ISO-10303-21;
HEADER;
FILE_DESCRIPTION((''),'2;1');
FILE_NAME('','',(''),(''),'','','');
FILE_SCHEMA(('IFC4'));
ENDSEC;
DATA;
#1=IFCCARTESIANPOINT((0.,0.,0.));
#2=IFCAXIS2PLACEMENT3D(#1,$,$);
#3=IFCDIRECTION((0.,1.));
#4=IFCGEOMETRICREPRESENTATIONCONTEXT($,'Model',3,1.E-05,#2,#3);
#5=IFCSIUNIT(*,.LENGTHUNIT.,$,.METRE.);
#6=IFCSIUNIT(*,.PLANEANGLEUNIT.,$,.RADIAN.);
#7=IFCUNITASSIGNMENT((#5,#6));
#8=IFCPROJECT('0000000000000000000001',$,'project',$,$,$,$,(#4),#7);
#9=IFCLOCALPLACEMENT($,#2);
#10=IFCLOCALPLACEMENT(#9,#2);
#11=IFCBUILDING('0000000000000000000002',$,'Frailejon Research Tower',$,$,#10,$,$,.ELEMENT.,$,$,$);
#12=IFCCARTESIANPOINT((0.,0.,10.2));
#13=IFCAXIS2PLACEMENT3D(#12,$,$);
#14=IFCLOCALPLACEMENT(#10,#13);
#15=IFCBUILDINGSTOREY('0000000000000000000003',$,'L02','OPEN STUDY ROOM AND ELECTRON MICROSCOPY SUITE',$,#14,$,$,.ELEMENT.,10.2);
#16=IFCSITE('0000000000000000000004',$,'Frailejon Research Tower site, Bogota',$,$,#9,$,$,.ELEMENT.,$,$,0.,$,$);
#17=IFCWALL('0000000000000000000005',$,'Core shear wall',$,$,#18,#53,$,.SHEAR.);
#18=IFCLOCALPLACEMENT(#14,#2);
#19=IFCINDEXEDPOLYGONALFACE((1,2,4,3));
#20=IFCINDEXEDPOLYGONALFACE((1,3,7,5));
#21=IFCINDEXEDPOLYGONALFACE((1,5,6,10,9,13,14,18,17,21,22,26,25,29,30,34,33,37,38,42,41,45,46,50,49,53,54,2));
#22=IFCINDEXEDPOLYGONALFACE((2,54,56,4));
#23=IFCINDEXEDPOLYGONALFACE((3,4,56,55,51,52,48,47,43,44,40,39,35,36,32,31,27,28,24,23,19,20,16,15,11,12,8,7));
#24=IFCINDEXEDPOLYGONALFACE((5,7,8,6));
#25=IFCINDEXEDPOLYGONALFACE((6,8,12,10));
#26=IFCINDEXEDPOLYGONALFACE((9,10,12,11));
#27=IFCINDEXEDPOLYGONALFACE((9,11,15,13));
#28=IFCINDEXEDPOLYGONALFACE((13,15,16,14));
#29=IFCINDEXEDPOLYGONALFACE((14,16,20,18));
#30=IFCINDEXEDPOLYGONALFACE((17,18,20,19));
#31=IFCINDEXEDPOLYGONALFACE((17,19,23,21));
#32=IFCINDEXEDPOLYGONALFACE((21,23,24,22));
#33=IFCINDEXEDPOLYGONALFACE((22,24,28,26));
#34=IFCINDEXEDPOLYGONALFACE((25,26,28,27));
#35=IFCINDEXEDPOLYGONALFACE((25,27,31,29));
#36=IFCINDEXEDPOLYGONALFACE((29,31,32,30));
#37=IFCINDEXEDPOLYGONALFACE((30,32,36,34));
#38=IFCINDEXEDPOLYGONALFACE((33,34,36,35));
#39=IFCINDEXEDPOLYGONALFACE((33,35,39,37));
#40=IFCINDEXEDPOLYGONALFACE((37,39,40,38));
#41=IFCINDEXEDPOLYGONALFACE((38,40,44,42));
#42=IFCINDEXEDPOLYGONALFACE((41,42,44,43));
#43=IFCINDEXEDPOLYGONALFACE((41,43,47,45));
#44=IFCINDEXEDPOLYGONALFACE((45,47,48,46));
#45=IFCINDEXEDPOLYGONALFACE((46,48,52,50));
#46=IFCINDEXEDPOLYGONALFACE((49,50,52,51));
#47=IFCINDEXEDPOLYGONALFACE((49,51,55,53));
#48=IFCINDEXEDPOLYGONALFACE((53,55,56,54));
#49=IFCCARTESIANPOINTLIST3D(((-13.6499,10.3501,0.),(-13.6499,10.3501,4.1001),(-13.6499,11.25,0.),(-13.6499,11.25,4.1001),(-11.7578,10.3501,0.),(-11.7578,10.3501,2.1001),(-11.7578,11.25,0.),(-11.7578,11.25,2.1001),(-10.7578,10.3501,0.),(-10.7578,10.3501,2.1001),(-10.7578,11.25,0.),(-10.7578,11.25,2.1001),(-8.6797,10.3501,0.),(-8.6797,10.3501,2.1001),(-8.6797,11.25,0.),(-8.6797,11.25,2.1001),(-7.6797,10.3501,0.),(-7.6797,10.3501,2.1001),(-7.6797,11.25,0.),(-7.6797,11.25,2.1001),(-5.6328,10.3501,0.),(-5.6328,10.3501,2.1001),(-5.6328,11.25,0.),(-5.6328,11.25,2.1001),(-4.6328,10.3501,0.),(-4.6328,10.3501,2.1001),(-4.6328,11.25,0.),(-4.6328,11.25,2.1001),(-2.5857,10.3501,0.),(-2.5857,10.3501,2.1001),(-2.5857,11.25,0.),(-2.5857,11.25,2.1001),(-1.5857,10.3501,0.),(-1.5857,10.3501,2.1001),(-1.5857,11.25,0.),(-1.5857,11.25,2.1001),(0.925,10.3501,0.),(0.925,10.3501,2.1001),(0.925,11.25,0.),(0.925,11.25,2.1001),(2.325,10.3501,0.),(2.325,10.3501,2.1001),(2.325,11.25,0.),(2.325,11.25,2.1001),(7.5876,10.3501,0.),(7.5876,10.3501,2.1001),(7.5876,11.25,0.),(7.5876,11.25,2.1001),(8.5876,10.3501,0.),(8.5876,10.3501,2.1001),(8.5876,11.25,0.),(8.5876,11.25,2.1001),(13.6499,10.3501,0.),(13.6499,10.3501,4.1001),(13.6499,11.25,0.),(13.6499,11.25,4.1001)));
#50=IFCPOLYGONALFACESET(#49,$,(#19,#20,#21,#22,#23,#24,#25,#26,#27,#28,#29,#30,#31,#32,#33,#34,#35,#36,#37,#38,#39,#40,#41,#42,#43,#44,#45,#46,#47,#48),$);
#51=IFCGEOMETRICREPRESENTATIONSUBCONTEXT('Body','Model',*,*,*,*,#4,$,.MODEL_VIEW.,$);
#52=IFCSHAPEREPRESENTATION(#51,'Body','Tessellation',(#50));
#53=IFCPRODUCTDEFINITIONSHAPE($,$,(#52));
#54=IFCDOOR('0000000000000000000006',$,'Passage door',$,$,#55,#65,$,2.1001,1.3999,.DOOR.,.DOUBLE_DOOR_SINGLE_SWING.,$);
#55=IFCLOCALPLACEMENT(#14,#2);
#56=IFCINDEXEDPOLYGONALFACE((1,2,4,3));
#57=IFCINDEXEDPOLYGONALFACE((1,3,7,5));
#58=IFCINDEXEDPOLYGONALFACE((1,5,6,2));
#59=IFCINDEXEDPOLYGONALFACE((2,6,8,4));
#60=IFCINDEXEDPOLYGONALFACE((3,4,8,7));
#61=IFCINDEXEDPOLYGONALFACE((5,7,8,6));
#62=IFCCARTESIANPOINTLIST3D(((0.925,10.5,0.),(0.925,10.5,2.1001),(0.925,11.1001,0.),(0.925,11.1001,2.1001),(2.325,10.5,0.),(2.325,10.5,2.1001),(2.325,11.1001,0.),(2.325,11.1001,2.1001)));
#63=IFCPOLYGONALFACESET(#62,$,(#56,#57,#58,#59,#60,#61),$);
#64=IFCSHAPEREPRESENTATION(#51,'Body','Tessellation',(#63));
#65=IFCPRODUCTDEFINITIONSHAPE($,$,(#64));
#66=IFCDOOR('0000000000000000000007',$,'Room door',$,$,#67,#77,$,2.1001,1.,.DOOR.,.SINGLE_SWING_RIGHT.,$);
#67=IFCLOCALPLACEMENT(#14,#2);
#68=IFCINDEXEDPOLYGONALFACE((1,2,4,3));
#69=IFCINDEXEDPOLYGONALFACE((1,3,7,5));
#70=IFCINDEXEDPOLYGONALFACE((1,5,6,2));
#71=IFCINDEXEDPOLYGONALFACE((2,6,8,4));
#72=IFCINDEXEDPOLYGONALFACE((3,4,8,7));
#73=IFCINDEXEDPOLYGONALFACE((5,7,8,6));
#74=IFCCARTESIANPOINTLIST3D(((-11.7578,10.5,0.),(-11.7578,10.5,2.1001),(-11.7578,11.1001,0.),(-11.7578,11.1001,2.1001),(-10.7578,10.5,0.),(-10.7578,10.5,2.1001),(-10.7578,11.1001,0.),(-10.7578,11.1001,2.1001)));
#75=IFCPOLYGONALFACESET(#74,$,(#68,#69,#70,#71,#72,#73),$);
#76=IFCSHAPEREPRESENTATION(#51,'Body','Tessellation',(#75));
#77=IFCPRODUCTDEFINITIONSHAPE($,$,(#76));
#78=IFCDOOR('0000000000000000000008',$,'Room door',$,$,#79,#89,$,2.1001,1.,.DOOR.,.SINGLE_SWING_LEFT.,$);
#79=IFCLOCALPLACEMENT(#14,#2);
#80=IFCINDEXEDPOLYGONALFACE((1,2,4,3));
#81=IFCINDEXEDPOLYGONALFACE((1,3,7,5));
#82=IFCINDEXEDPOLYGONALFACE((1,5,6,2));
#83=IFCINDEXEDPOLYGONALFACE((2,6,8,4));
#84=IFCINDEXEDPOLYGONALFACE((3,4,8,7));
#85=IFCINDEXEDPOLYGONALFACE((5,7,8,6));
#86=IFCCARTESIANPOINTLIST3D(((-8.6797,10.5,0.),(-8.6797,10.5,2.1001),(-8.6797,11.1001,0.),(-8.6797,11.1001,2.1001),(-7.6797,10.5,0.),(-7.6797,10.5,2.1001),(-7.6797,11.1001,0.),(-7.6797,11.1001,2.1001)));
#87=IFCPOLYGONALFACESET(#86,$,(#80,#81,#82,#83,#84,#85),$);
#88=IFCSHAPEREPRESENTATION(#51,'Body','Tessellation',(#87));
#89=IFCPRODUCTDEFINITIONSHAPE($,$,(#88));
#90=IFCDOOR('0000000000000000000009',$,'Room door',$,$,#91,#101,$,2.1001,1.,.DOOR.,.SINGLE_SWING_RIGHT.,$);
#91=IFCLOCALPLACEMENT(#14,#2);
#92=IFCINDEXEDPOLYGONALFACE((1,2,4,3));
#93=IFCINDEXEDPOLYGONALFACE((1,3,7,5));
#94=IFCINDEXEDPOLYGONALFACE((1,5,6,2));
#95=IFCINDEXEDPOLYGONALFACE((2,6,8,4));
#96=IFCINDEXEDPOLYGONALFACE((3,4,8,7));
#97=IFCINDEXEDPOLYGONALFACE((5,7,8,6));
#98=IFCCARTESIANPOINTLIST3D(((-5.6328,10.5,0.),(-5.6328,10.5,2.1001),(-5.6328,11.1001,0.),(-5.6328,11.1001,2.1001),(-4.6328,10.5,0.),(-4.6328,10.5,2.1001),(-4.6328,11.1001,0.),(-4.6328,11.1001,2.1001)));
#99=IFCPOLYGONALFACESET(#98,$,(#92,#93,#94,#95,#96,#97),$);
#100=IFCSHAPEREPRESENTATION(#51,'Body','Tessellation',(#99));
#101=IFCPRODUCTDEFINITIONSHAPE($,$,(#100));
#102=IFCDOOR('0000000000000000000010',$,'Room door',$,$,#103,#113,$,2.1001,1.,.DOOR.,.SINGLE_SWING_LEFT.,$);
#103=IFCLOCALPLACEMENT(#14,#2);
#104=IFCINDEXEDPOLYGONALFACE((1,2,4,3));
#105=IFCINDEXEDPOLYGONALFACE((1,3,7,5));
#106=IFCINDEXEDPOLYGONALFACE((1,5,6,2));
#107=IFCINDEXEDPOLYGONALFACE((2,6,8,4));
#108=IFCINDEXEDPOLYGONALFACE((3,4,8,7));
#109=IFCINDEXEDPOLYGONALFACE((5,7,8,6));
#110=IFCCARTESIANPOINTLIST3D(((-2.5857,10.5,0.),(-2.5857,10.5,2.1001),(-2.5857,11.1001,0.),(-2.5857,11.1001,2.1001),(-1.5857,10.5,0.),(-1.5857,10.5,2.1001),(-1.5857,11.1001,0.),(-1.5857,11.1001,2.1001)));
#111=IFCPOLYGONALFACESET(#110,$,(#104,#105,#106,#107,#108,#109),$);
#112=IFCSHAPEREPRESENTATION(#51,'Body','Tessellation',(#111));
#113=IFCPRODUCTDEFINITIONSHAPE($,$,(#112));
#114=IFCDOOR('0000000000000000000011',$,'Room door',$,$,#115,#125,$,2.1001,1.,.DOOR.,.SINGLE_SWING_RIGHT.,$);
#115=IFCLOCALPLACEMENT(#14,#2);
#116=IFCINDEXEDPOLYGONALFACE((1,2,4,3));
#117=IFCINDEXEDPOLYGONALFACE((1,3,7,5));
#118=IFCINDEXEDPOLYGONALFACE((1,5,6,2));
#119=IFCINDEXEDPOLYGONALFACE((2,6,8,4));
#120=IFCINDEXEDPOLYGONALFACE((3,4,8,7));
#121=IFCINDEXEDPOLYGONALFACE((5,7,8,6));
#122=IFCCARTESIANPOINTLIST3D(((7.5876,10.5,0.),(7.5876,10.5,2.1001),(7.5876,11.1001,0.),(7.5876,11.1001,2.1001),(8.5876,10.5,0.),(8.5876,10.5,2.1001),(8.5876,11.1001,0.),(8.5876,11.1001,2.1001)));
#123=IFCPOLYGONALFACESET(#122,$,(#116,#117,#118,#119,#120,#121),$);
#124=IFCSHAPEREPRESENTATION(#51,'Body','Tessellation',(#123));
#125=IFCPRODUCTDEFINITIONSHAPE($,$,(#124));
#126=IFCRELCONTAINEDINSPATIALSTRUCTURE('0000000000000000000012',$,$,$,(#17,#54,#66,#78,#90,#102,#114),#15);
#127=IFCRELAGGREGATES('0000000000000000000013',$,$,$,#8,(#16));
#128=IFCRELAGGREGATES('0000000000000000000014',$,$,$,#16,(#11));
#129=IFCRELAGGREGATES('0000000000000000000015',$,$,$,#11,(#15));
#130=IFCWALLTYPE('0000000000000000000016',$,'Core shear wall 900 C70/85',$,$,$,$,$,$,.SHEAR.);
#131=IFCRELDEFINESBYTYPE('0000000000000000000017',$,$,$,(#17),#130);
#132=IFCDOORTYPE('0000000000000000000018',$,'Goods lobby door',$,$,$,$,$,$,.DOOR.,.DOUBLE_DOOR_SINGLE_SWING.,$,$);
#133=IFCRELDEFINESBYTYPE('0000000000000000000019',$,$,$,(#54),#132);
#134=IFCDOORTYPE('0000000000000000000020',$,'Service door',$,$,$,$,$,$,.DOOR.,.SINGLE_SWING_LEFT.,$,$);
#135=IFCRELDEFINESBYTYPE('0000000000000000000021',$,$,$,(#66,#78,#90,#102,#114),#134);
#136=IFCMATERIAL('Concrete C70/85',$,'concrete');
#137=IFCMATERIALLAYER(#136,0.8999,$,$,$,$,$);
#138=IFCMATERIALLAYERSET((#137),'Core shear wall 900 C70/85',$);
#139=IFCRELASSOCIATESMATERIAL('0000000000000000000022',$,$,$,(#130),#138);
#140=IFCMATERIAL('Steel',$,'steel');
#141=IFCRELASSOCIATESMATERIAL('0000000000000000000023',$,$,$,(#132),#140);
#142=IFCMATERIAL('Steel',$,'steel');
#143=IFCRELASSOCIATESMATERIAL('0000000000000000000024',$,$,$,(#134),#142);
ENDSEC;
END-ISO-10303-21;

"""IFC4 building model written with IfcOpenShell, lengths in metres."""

from ifc_helpers import new_model, si_unit, direction, frame, frame_2d, origin, place, context, subcontext, project, spatial, rectangle, extrude, material, layer, layer_set, type_object, element, fill, save


model = new_model("IFC4")

# Units and contexts
model_context = context("Model", 3, precision=1e-05, world=origin(), true_north=direction((0.0, 1.0)))
body_context = subcontext(model_context, "Body", "Model", "MODEL_VIEW")
ifc_project = project(units=[si_unit("LENGTHUNIT", "METRE"), si_unit("PLANEANGLEUNIT", "RADIAN")], contexts=[model_context])

# Site, building, storey
site_placement = place(None, origin())
site = spatial("IfcSite", under=ifc_project, at=site_placement, Name="Frailejon Research Tower site, Bogota", CompositionType="ELEMENT", RefElevation=0.0)
building_placement = place(site_placement, origin())
building = spatial("IfcBuilding", under=site, at=building_placement, Name="Frailejon Research Tower", CompositionType="ELEMENT")
storey_placement = place(building_placement, frame((0.0, 0.0, 10.2)))
storey = spatial("IfcBuildingStorey", under=building, at=storey_placement, Name="L02", Description="OPEN STUDY ROOM AND ELECTRON MICROSCOPY SUITE", CompositionType="ELEMENT", Elevation=10.2)

# Wall, openings, doors
ifc_material_1 = material(Name="Concrete C70/85", Category="concrete")
ifc_layer_1 = layer(ifc_material_1, 0.8999)
ifc_layer_set_1 = layer_set([ifc_layer_1], Name="Core shear wall 900 C70/85")
wall_type_1 = type_object("IfcWallType", Name="Core shear wall 900 C70/85", PredefinedType="SHEAR", material=ifc_layer_set_1)
wall_1_placement = place(storey_placement, frame((-13.6499, 10.8, 0.0), z_axis=(0.0, 0.0, 1.0), x_axis=(1.0, 0.0, 0.0)))
wall_1 = element("IfcWall", 1, at=wall_1_placement, inside=storey, type_object=wall_type_1, Name="Core shear wall", PredefinedType="SHEAR", context=body_context, shape_type="SweptSolid", body=[
    extrude(rectangle(XDim=27.2998, YDim=0.8999, at=frame_2d((13.6499, 0.0))), origin(), (0.0, 0.0, 1.0), 4.1001),
])
opening_1_placement = place(wall_1_placement, frame((1.8921, 0.0, 0.0)))
opening_1 = element("IfcOpeningElement", 2, at=opening_1_placement, cuts=wall_1, PredefinedType="OPENING", context=body_context, shape_type="SweptSolid", body=[
    extrude(rectangle(XDim=1.0, YDim=2.1001, at=frame_2d((0.5, 1.05))), frame((0.0, 0.46, 0.0), z_axis=(0.0, -1.0, 0.0), x_axis=(1.0, 0.0, 0.0)), (0.0, 0.0, 1.0), 0.9199),
])
opening_2_placement = place(wall_1_placement, frame((4.9702, 0.0, 0.0)))
opening_2 = element("IfcOpeningElement", 3, at=opening_2_placement, cuts=wall_1, PredefinedType="OPENING", context=body_context, shape_type="SweptSolid", body=[
    extrude(rectangle(XDim=1.0, YDim=2.1001, at=frame_2d((0.5, 1.05))), frame((0.0, 0.46, 0.0), z_axis=(0.0, -1.0, 0.0), x_axis=(1.0, 0.0, 0.0)), (0.0, 0.0, 1.0), 0.9199),
])
opening_3_placement = place(wall_1_placement, frame((8.0171, 0.0, 0.0)))
opening_3 = element("IfcOpeningElement", 4, at=opening_3_placement, cuts=wall_1, PredefinedType="OPENING", context=body_context, shape_type="SweptSolid", body=[
    extrude(rectangle(XDim=1.0, YDim=2.1001, at=frame_2d((0.5, 1.05))), frame((0.0, 0.46, 0.0), z_axis=(0.0, -1.0, 0.0), x_axis=(1.0, 0.0, 0.0)), (0.0, 0.0, 1.0), 0.9199),
])
opening_4_placement = place(wall_1_placement, frame((11.0642, 0.0, 0.0)))
opening_4 = element("IfcOpeningElement", 5, at=opening_4_placement, cuts=wall_1, PredefinedType="OPENING", context=body_context, shape_type="SweptSolid", body=[
    extrude(rectangle(XDim=1.0, YDim=2.1001, at=frame_2d((0.5, 1.05))), frame((0.0, 0.46, 0.0), z_axis=(0.0, -1.0, 0.0), x_axis=(1.0, 0.0, 0.0)), (0.0, 0.0, 1.0), 0.9199),
])
opening_5_placement = place(wall_1_placement, frame((21.2375, 0.0, 0.0)))
opening_5 = element("IfcOpeningElement", 6, at=opening_5_placement, cuts=wall_1, PredefinedType="OPENING", context=body_context, shape_type="SweptSolid", body=[
    extrude(rectangle(XDim=1.0, YDim=2.1001, at=frame_2d((0.5, 1.05))), frame((0.0, 0.46, 0.0), z_axis=(0.0, -1.0, 0.0), x_axis=(1.0, 0.0, 0.0)), (0.0, 0.0, 1.0), 0.9199),
])
opening_6_placement = place(wall_1_placement, frame((14.575, 0.0, 0.0)))
opening_6 = element("IfcOpeningElement", 7, at=opening_6_placement, cuts=wall_1, PredefinedType="OPENING", context=body_context, shape_type="SweptSolid", body=[
    extrude(rectangle(XDim=1.3999, YDim=2.1001, at=frame_2d((0.7, 1.05))), frame((0.0, 0.46, 0.0), z_axis=(0.0, -1.0, 0.0), x_axis=(1.0, 0.0, 0.0)), (0.0, 0.0, 1.0), 0.9199),
])
ifc_material_2 = material(Name="Steel", Category="steel")
door_type_1 = type_object("IfcDoorType", Name="Goods lobby door", OperationType="DOUBLE_DOOR_SINGLE_SWING", PredefinedType="DOOR", material=ifc_material_2)
door_1_placement = place(opening_6_placement, origin())
door_1 = element("IfcDoor", 8, at=door_1_placement, inside=storey, type_object=door_type_1, Name="Passage door", OperationType="DOUBLE_DOOR_SINGLE_SWING", OverallHeight=2.1001, OverallWidth=1.3999, PredefinedType="DOOR", context=body_context, shape_type="SweptSolid", body=[
    extrude(rectangle(XDim=1.3999, YDim=2.1001, at=frame_2d((0.7, 1.05))), frame((0.0, 0.3, 0.0), z_axis=(0.0, -1.0, 0.0), x_axis=(1.0, 0.0, 0.0)), (0.0, 0.0, 1.0), 0.6001),
])
fill(opening_6, door_1)
ifc_material_3 = material(Name="Steel", Category="steel")
door_type_2 = type_object("IfcDoorType", Name="Service door", OperationType="SINGLE_SWING_LEFT", PredefinedType="DOOR", material=ifc_material_3)
door_2_placement = place(opening_1_placement, origin())
door_2 = element("IfcDoor", 9, at=door_2_placement, inside=storey, type_object=door_type_2, Name="Room door", OperationType="SINGLE_SWING_RIGHT", OverallHeight=2.1001, OverallWidth=1.0, PredefinedType="DOOR", context=body_context, shape_type="SweptSolid", body=[
    extrude(rectangle(XDim=1.0, YDim=2.1001, at=frame_2d((0.5, 1.05))), frame((0.0, 0.3, 0.0), z_axis=(0.0, -1.0, 0.0), x_axis=(1.0, 0.0, 0.0)), (0.0, 0.0, 1.0), 0.6001),
])
fill(opening_1, door_2)
door_3_placement = place(opening_2_placement, origin())
door_3 = element("IfcDoor", 10, at=door_3_placement, inside=storey, type_object=door_type_2, Name="Room door", OperationType="SINGLE_SWING_LEFT", OverallHeight=2.1001, OverallWidth=1.0, PredefinedType="DOOR", context=body_context, shape_type="SweptSolid", body=[
    extrude(rectangle(XDim=1.0, YDim=2.1001, at=frame_2d((0.5, 1.05))), frame((0.0, 0.3, 0.0), z_axis=(0.0, -1.0, 0.0), x_axis=(1.0, 0.0, 0.0)), (0.0, 0.0, 1.0), 0.6001),
])
fill(opening_2, door_3)
door_4_placement = place(opening_3_placement, origin())
door_4 = element("IfcDoor", 11, at=door_4_placement, inside=storey, type_object=door_type_2, Name="Room door", OperationType="SINGLE_SWING_RIGHT", OverallHeight=2.1001, OverallWidth=1.0, PredefinedType="DOOR", context=body_context, shape_type="SweptSolid", body=[
    extrude(rectangle(XDim=1.0, YDim=2.1001, at=frame_2d((0.5, 1.05))), frame((0.0, 0.3, 0.0), z_axis=(0.0, -1.0, 0.0), x_axis=(1.0, 0.0, 0.0)), (0.0, 0.0, 1.0), 0.6001),
])
fill(opening_3, door_4)
door_5_placement = place(opening_4_placement, origin())
door_5 = element("IfcDoor", 12, at=door_5_placement, inside=storey, type_object=door_type_2, Name="Room door", OperationType="SINGLE_SWING_LEFT", OverallHeight=2.1001, OverallWidth=1.0, PredefinedType="DOOR", context=body_context, shape_type="SweptSolid", body=[
    extrude(rectangle(XDim=1.0, YDim=2.1001, at=frame_2d((0.5, 1.05))), frame((0.0, 0.3, 0.0), z_axis=(0.0, -1.0, 0.0), x_axis=(1.0, 0.0, 0.0)), (0.0, 0.0, 1.0), 0.6001),
])
fill(opening_4, door_5)
door_6_placement = place(opening_5_placement, origin())
door_6 = element("IfcDoor", 13, at=door_6_placement, inside=storey, type_object=door_type_2, Name="Room door", OperationType="SINGLE_SWING_RIGHT", OverallHeight=2.1001, OverallWidth=1.0, PredefinedType="DOOR", context=body_context, shape_type="SweptSolid", body=[
    extrude(rectangle(XDim=1.0, YDim=2.1001, at=frame_2d((0.5, 1.05))), frame((0.0, 0.3, 0.0), z_axis=(0.0, -1.0, 0.0), x_axis=(1.0, 0.0, 0.0)), (0.0, 0.0, 1.0), 0.6001),
])
fill(opening_5, door_6)

save(model, "model.ifc")
